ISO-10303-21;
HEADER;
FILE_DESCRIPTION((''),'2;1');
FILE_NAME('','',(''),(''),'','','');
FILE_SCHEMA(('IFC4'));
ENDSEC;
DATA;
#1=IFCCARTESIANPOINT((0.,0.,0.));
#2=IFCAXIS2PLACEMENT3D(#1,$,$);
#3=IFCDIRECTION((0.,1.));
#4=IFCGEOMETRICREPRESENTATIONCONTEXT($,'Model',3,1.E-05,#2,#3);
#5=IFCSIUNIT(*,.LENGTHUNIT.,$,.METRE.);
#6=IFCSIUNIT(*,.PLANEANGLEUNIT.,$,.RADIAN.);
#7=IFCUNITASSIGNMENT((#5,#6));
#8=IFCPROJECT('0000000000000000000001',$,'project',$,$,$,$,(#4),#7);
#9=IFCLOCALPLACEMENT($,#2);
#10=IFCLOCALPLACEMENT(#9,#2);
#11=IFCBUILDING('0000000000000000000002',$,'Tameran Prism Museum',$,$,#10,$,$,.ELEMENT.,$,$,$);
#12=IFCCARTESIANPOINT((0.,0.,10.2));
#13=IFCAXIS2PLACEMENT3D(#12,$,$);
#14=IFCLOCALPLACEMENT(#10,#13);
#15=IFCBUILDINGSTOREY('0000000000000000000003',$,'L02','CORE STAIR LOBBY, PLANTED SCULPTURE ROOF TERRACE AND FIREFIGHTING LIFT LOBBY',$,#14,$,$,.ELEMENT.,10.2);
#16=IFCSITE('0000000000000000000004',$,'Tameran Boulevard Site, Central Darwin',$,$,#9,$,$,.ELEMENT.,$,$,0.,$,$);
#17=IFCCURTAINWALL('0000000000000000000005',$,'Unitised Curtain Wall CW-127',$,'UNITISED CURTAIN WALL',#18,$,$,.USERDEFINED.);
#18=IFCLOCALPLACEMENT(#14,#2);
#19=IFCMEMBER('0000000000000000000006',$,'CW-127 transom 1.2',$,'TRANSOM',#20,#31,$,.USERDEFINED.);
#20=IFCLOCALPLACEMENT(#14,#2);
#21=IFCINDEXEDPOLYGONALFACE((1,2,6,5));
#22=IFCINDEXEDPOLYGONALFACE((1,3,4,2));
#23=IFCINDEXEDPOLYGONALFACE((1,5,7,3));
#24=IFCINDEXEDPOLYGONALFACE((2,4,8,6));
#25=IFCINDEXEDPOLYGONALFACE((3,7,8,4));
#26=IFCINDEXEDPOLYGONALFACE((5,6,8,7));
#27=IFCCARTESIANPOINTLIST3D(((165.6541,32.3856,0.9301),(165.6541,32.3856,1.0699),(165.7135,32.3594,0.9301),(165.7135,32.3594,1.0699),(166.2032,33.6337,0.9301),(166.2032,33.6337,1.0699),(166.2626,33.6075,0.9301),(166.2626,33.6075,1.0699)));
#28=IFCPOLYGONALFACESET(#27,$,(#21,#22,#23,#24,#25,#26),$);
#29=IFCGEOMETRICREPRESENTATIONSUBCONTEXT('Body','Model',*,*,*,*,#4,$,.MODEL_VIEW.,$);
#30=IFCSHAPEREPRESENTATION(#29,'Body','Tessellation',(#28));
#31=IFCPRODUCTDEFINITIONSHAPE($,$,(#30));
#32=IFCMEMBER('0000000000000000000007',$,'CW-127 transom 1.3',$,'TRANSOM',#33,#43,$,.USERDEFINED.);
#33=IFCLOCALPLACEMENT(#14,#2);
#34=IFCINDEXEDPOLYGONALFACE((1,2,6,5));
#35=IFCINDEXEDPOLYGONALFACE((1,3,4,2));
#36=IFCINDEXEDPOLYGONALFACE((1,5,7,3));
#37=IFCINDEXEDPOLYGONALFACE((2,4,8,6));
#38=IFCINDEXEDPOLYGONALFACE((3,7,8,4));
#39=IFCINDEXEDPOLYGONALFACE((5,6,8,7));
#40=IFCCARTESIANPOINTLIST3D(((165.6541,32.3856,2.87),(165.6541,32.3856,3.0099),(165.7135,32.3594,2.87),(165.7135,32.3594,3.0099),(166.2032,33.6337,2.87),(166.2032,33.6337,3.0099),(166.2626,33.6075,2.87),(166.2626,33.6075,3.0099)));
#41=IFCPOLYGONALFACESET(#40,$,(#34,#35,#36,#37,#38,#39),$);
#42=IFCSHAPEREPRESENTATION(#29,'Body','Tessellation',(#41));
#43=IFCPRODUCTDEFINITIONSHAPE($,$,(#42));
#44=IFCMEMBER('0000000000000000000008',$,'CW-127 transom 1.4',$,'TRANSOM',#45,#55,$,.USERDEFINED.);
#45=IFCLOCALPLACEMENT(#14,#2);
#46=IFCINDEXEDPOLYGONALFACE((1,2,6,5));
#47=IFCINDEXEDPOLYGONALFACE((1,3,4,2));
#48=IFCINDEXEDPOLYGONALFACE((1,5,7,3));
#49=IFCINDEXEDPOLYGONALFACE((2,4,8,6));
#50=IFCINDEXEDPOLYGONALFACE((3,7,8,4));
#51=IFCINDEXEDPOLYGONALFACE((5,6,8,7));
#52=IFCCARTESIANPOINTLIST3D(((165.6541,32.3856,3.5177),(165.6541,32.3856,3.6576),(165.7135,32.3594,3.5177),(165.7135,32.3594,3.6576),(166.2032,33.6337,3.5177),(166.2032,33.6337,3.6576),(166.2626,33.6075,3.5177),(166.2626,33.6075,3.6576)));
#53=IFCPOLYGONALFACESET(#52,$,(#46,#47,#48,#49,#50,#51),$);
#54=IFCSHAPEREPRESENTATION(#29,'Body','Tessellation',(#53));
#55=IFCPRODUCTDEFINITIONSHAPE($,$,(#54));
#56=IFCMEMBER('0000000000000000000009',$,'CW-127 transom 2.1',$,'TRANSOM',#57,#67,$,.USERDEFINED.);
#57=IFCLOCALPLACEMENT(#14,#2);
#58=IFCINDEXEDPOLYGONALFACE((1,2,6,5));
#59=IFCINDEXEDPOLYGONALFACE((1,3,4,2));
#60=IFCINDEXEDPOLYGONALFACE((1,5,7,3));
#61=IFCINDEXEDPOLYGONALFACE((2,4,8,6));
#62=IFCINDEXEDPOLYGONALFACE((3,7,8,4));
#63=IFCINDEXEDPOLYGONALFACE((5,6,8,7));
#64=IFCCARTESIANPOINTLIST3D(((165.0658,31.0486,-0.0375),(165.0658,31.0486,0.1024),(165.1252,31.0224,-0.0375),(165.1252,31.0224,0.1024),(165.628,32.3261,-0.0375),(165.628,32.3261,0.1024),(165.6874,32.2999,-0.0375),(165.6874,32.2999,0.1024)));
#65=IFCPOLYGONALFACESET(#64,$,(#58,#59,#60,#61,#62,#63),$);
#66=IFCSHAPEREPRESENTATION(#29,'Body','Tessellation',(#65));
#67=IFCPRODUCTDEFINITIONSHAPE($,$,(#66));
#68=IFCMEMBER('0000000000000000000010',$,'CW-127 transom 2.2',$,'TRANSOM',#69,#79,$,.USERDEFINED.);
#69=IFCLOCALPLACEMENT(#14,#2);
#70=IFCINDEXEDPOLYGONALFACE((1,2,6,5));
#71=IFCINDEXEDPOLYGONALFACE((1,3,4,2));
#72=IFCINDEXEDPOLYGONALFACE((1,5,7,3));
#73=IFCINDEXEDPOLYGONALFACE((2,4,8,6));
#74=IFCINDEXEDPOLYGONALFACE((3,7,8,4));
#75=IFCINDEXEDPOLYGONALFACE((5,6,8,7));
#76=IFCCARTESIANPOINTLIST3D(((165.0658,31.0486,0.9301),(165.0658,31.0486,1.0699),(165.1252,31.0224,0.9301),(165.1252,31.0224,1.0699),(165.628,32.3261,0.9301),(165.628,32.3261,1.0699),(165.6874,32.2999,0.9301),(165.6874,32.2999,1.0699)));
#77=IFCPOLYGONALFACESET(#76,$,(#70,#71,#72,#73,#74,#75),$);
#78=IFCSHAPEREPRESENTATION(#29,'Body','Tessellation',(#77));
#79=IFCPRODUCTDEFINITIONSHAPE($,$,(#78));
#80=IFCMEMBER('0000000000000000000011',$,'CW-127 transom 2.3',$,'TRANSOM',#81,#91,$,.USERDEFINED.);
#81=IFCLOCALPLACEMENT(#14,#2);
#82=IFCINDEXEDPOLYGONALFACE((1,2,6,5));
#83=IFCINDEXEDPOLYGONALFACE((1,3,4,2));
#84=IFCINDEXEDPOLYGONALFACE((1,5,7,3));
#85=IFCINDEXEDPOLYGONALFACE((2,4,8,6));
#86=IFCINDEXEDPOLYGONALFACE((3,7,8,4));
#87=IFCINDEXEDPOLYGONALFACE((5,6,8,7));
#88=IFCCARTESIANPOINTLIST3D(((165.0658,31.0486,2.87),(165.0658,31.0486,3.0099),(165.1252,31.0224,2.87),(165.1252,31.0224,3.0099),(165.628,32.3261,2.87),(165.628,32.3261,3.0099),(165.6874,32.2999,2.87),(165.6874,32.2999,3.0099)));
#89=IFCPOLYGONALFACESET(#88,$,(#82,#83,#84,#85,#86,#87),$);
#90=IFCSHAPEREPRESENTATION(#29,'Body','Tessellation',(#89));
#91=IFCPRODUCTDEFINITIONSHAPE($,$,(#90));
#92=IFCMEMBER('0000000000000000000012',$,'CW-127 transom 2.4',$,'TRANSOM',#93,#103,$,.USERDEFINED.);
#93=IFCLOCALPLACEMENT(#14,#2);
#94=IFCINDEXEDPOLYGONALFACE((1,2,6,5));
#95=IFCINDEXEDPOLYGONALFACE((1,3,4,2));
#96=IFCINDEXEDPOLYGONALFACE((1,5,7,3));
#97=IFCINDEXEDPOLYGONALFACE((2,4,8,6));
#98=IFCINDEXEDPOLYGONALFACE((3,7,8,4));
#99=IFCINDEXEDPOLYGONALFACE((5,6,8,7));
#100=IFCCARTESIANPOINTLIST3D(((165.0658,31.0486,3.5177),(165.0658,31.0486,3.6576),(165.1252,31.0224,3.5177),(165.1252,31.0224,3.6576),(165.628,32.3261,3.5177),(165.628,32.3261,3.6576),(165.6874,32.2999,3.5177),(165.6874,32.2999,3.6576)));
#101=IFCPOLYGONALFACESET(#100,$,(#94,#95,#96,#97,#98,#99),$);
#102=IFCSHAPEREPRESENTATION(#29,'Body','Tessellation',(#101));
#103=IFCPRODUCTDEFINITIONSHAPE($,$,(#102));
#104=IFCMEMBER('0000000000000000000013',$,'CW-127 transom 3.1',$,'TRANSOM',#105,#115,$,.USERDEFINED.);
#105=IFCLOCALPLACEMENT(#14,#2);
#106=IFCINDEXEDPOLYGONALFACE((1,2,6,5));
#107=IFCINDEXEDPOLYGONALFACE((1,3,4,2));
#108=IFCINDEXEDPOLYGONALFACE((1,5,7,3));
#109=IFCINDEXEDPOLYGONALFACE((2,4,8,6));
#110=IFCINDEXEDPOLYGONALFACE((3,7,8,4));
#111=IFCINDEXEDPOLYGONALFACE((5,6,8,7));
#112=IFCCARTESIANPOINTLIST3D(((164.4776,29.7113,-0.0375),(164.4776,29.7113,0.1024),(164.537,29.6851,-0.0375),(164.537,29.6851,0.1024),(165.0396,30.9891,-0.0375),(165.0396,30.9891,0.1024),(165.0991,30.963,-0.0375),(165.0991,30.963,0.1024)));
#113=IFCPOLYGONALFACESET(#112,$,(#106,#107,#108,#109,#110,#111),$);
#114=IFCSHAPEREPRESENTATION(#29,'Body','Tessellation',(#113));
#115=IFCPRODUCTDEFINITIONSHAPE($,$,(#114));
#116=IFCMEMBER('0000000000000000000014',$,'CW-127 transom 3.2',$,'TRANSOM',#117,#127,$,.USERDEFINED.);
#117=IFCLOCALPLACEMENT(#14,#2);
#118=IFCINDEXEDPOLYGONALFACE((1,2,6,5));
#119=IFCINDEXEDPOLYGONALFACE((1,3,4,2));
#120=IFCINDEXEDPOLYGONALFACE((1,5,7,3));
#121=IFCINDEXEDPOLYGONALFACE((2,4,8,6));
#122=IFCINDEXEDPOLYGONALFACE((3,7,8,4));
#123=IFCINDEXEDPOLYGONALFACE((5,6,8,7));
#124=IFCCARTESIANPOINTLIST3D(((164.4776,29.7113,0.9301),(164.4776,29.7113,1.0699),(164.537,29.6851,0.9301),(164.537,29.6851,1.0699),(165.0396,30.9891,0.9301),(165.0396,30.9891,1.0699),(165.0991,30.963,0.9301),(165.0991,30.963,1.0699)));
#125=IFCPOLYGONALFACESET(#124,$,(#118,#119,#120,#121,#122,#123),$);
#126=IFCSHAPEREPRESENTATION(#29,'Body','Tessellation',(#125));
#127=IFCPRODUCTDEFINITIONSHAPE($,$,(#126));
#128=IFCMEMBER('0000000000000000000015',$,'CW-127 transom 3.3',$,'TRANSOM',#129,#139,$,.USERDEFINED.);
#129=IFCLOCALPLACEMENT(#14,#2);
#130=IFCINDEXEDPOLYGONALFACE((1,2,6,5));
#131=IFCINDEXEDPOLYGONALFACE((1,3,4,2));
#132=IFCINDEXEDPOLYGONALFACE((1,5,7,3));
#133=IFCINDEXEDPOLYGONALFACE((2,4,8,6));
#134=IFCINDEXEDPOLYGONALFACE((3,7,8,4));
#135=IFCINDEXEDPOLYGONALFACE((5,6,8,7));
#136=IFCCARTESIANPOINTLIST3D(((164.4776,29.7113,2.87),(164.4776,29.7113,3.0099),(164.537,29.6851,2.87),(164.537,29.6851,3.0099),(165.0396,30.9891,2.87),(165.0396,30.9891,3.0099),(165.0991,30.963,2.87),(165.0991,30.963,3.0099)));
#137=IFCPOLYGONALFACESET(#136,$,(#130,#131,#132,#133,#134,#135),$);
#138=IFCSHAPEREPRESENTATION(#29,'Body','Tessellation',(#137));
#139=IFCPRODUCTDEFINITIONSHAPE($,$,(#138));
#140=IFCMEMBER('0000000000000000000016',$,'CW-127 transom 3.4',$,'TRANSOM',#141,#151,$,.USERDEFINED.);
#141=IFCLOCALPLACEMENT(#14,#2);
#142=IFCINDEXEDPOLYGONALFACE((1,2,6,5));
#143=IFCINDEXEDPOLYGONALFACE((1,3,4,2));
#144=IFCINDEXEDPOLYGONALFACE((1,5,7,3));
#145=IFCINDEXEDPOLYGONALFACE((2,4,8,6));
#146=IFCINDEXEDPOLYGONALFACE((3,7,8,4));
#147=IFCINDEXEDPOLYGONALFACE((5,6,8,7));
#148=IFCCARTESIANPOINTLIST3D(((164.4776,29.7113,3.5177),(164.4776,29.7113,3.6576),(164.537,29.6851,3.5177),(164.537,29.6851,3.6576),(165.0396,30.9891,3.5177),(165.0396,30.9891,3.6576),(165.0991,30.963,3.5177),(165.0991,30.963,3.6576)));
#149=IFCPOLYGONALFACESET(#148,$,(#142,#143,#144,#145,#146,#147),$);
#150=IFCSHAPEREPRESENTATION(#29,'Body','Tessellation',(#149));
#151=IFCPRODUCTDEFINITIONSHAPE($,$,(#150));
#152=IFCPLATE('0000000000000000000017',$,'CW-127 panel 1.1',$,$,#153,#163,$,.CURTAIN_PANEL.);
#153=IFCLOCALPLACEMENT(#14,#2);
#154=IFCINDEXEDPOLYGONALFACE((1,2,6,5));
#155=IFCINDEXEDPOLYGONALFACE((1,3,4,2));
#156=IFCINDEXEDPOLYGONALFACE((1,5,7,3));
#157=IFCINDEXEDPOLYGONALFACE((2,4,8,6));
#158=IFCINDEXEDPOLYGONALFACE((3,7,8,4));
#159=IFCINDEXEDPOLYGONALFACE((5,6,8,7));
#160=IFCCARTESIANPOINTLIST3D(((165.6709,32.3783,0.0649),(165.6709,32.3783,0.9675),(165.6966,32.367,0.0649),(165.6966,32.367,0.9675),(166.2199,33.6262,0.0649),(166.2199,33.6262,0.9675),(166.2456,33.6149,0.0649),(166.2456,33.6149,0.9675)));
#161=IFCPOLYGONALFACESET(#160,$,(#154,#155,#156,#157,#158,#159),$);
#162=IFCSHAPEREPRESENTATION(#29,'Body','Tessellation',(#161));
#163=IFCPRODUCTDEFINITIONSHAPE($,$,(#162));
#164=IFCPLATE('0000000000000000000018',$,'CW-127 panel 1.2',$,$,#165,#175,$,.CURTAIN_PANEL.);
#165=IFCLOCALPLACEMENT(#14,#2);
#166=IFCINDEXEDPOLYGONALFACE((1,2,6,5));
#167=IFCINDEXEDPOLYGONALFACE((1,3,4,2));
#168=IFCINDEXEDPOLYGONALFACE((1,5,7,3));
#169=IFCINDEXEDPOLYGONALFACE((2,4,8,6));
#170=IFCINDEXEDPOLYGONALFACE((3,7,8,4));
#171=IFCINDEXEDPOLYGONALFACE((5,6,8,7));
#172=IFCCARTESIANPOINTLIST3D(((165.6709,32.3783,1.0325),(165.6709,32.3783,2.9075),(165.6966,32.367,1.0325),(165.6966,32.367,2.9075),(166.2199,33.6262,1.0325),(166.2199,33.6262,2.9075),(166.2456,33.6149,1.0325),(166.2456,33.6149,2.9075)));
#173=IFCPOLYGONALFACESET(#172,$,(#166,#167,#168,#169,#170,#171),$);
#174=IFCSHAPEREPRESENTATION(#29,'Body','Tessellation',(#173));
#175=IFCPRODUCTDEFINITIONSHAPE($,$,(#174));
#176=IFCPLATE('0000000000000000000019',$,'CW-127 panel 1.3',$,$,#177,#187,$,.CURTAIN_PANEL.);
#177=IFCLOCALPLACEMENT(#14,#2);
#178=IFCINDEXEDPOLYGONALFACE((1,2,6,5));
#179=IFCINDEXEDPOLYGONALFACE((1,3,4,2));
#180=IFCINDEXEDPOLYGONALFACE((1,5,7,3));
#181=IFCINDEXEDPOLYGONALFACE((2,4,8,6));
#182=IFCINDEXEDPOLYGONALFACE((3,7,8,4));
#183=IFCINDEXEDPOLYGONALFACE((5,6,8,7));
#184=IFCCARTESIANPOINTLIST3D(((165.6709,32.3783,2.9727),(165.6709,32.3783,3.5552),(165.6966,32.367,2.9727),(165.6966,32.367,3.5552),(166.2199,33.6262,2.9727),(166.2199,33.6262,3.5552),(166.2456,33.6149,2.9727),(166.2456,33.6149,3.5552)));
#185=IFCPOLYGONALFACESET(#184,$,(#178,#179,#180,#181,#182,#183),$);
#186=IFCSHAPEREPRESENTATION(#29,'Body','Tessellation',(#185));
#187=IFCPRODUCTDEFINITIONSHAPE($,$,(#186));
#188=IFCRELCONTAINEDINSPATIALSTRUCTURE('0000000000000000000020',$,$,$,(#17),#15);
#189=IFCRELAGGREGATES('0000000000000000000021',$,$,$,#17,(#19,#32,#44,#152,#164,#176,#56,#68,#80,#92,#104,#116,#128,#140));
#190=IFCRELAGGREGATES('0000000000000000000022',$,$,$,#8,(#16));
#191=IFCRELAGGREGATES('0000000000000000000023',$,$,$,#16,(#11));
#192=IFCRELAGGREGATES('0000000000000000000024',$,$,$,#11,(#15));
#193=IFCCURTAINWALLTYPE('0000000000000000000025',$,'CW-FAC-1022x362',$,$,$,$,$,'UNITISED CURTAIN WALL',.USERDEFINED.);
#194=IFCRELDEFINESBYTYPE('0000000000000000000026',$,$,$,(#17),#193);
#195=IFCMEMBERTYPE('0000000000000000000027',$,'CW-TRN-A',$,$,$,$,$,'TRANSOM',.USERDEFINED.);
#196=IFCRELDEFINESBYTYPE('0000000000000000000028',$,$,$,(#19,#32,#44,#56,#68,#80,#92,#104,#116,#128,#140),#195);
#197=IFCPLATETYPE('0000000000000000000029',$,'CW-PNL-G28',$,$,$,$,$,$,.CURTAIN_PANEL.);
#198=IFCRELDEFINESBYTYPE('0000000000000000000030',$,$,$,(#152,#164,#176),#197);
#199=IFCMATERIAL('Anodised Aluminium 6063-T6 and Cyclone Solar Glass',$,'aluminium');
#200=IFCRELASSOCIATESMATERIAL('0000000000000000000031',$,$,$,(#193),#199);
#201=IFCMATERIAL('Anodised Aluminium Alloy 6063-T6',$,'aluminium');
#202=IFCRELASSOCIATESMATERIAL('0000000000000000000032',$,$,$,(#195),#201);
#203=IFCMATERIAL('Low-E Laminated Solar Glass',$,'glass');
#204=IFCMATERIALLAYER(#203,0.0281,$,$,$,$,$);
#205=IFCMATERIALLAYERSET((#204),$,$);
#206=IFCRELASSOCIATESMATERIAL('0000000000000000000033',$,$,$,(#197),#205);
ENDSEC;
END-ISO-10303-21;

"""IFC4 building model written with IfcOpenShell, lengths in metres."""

from ifc_helpers import new_model, si_unit, direction, frame, origin, origin_2d, place, context, subcontext, project, spatial, rectangle, extrude, material, layer, layer_set, material_profile, profile_set, type_object, element, aggregate, save


model = new_model("IFC4")

# Units and contexts
model_context = context("Model", 3, precision=1e-05, world=origin(), true_north=direction((0.0, 1.0)))
body_context = subcontext(model_context, "Body", "Model", "MODEL_VIEW")
ifc_project = project(units=[si_unit("LENGTHUNIT", "METRE"), si_unit("PLANEANGLEUNIT", "RADIAN")], contexts=[model_context])

# Site, building, storey
site_placement = place(None, origin())
site = spatial("IfcSite", under=ifc_project, at=site_placement, Name="Tameran Boulevard Site, Central Darwin", CompositionType="ELEMENT", RefElevation=0.0)
building_placement = place(site_placement, origin())
building = spatial("IfcBuilding", under=site, at=building_placement, Name="Tameran Prism Museum", CompositionType="ELEMENT")
storey_placement = place(building_placement, frame((0.0, 0.0, 10.2)))
storey = spatial("IfcBuildingStorey", under=building, at=storey_placement, Name="L02", Description="CORE STAIR LOBBY, PLANTED SCULPTURE ROOF TERRACE AND FIREFIGHTING LIFT LOBBY", CompositionType="ELEMENT", Elevation=10.2)

# Curtain wall, members, plates
ifc_material_1 = material(Name="Anodised Aluminium 6063-T6 and Cyclone Solar Glass", Category="aluminium")
curtain_wall_type = type_object("IfcCurtainWallType", Name="CW-FAC-1022x362", ElementType="UNITISED CURTAIN WALL", PredefinedType="USERDEFINED", material=ifc_material_1)
curtain_wall_placement = place(storey_placement, origin())
curtain_wall = element("IfcCurtainWall", 1, at=curtain_wall_placement, inside=storey, type_object=curtain_wall_type, Name="Unitised Curtain Wall CW-127", ObjectType="UNITISED CURTAIN WALL", PredefinedType="USERDEFINED")
ifc_material_2 = material(Name="Anodised Aluminium Alloy 6063-T6", Category="aluminium")
ifc_material_profile_1 = material_profile(ifc_material_2, rectangle(XDim=0.0649, YDim=0.1399, at=origin_2d()))
ifc_profile_set_1 = profile_set([ifc_material_profile_1])
member_type_1 = type_object("IfcMemberType", Name="CW-TRN-A", ElementType="TRANSOM", PredefinedType="USERDEFINED", material=ifc_profile_set_1)
member_1_placement = place(storey_placement, frame((166.2329, 33.6206, 1.0), z_axis=(-0.402697, -0.915334, 0.0), x_axis=(0.915334, -0.402697, 0.0)))
member_1 = element("IfcMember", 2, at=member_1_placement, type_object=member_type_1, Name="CW-127 transom 1.2", ObjectType="TRANSOM", PredefinedType="USERDEFINED", context=body_context, shape_type="SweptSolid", body=[
    extrude(rectangle(XDim=0.0649, YDim=0.1399, at=origin_2d()), origin(), (0.0, 0.0, 1.0), 1.3635),
])
member_2_placement = place(storey_placement, frame((166.2329, 33.6206, 2.9399), z_axis=(-0.402697, -0.915334, 0.0), x_axis=(0.915334, -0.402697, 0.0)))
member_2 = element("IfcMember", 3, at=member_2_placement, type_object=member_type_1, Name="CW-127 transom 1.3", ObjectType="TRANSOM", PredefinedType="USERDEFINED", context=body_context, shape_type="SweptSolid", body=[
    extrude(rectangle(XDim=0.0649, YDim=0.1399, at=origin_2d()), origin(), (0.0, 0.0, 1.0), 1.3635),
])
member_3_placement = place(storey_placement, frame((166.2329, 33.6206, 3.5876), z_axis=(-0.402697, -0.915334, 0.0), x_axis=(0.915334, -0.402697, 0.0)))
member_3 = element("IfcMember", 4, at=member_3_placement, type_object=member_type_1, Name="CW-127 transom 1.4", ObjectType="TRANSOM", PredefinedType="USERDEFINED", context=body_context, shape_type="SweptSolid", body=[
    extrude(rectangle(XDim=0.0649, YDim=0.1399, at=origin_2d()), origin(), (0.0, 0.0, 1.0), 1.3635),
])
member_4_placement = place(storey_placement, frame((165.6577, 32.313, 0.0325), z_axis=(-0.402809, -0.915284, 0.0), x_axis=(0.915284, -0.402809, 0.0)))
member_4 = element("IfcMember", 5, at=member_4_placement, type_object=member_type_1, Name="CW-127 transom 2.1", ObjectType="TRANSOM", PredefinedType="USERDEFINED", context=body_context, shape_type="SweptSolid", body=[
    extrude(rectangle(XDim=0.0649, YDim=0.1399, at=origin_2d()), origin(), (0.0, 0.0, 1.0), 1.3958),
])
member_5_placement = place(storey_placement, frame((165.6577, 32.313, 1.0), z_axis=(-0.402809, -0.915284, 0.0), x_axis=(0.915284, -0.402809, 0.0)))
member_5 = element("IfcMember", 6, at=member_5_placement, type_object=member_type_1, Name="CW-127 transom 2.2", ObjectType="TRANSOM", PredefinedType="USERDEFINED", context=body_context, shape_type="SweptSolid", body=[
    extrude(rectangle(XDim=0.0649, YDim=0.1399, at=origin_2d()), origin(), (0.0, 0.0, 1.0), 1.3958),
])
member_6_placement = place(storey_placement, frame((165.6577, 32.313, 2.9399), z_axis=(-0.402809, -0.915284, 0.0), x_axis=(0.915284, -0.402809, 0.0)))
member_6 = element("IfcMember", 7, at=member_6_placement, type_object=member_type_1, Name="CW-127 transom 2.3", ObjectType="TRANSOM", PredefinedType="USERDEFINED", context=body_context, shape_type="SweptSolid", body=[
    extrude(rectangle(XDim=0.0649, YDim=0.1399, at=origin_2d()), origin(), (0.0, 0.0, 1.0), 1.3958),
])
member_7_placement = place(storey_placement, frame((165.6577, 32.313, 3.5876), z_axis=(-0.402809, -0.915284, 0.0), x_axis=(0.915284, -0.402809, 0.0)))
member_7 = element("IfcMember", 8, at=member_7_placement, type_object=member_type_1, Name="CW-127 transom 2.4", ObjectType="TRANSOM", PredefinedType="USERDEFINED", context=body_context, shape_type="SweptSolid", body=[
    extrude(rectangle(XDim=0.0649, YDim=0.1399, at=origin_2d()), origin(), (0.0, 0.0, 1.0), 1.3958),
])
member_8_placement = place(storey_placement, frame((165.0693, 30.9761, 0.0325), z_axis=(-0.402598, -0.915377, 0.0), x_axis=(0.915377, -0.402598, 0.0)))
member_8 = element("IfcMember", 9, at=member_8_placement, type_object=member_type_1, Name="CW-127 transom 3.1", ObjectType="TRANSOM", PredefinedType="USERDEFINED", context=body_context, shape_type="SweptSolid", body=[
    extrude(rectangle(XDim=0.0649, YDim=0.1399, at=origin_2d()), origin(), (0.0, 0.0, 1.0), 1.396),
])
member_9_placement = place(storey_placement, frame((165.0693, 30.9761, 1.0), z_axis=(-0.402598, -0.915377, 0.0), x_axis=(0.915377, -0.402598, 0.0)))
member_9 = element("IfcMember", 10, at=member_9_placement, type_object=member_type_1, Name="CW-127 transom 3.2", ObjectType="TRANSOM", PredefinedType="USERDEFINED", context=body_context, shape_type="SweptSolid", body=[
    extrude(rectangle(XDim=0.0649, YDim=0.1399, at=origin_2d()), origin(), (0.0, 0.0, 1.0), 1.396),
])
member_10_placement = place(storey_placement, frame((165.0693, 30.9761, 2.9399), z_axis=(-0.402598, -0.915377, 0.0), x_axis=(0.915377, -0.402598, 0.0)))
member_10 = element("IfcMember", 11, at=member_10_placement, type_object=member_type_1, Name="CW-127 transom 3.3", ObjectType="TRANSOM", PredefinedType="USERDEFINED", context=body_context, shape_type="SweptSolid", body=[
    extrude(rectangle(XDim=0.0649, YDim=0.1399, at=origin_2d()), origin(), (0.0, 0.0, 1.0), 1.396),
])
member_11_placement = place(storey_placement, frame((165.0693, 30.9761, 3.5876), z_axis=(-0.402598, -0.915377, 0.0), x_axis=(0.915377, -0.402598, 0.0)))
member_11 = element("IfcMember", 12, at=member_11_placement, type_object=member_type_1, Name="CW-127 transom 3.4", ObjectType="TRANSOM", PredefinedType="USERDEFINED", context=body_context, shape_type="SweptSolid", body=[
    extrude(rectangle(XDim=0.0649, YDim=0.1399, at=origin_2d()), origin(), (0.0, 0.0, 1.0), 1.396),
])
ifc_material_3 = material(Name="Low-E Laminated Solar Glass", Category="glass")
ifc_layer_1 = layer(ifc_material_3, 0.0281)
ifc_layer_set_1 = layer_set([ifc_layer_1])
plate_type_1 = type_object("IfcPlateType", Name="CW-PNL-G28", PredefinedType="CURTAIN_PANEL", material=ifc_layer_set_1)
plate_1_placement = place(storey_placement, frame((165.9583, 32.9966, 0.0649), z_axis=(0.0, 0.0, 1.0), x_axis=(-0.402706, -0.915329, 0.0)))
plate_1 = element("IfcPlate", 13, at=plate_1_placement, type_object=plate_type_1, Name="CW-127 panel 1.1", PredefinedType="CURTAIN_PANEL", context=body_context, shape_type="SweptSolid", body=[
    extrude(rectangle(XDim=1.3633, YDim=0.0281, at=origin_2d()), origin(), (0.0, 0.0, 1.0), 0.9026),
])
plate_2_placement = place(storey_placement, frame((165.9583, 32.9966, 1.0325), z_axis=(0.0, 0.0, 1.0), x_axis=(-0.402706, -0.915329, 0.0)))
plate_2 = element("IfcPlate", 14, at=plate_2_placement, type_object=plate_type_1, Name="CW-127 panel 1.2", PredefinedType="CURTAIN_PANEL", context=body_context, shape_type="SweptSolid", body=[
    extrude(rectangle(XDim=1.3633, YDim=0.0281, at=origin_2d()), origin(), (0.0, 0.0, 1.0), 1.875),
])
plate_3_placement = place(storey_placement, frame((165.9583, 32.9966, 2.9727), z_axis=(0.0, 0.0, 1.0), x_axis=(-0.402706, -0.915329, 0.0)))
plate_3 = element("IfcPlate", 15, at=plate_3_placement, type_object=plate_type_1, Name="CW-127 panel 1.3", PredefinedType="CURTAIN_PANEL", context=body_context, shape_type="SweptSolid", body=[
    extrude(rectangle(XDim=1.3633, YDim=0.0281, at=origin_2d()), origin(), (0.0, 0.0, 1.0), 0.5825),
])
aggregate(curtain_wall, [member_1, member_2, member_3, plate_1, plate_2, plate_3, member_4, member_5, member_6, member_7, member_8, member_9, member_10, member_11])

save(model, "model.ifc")
